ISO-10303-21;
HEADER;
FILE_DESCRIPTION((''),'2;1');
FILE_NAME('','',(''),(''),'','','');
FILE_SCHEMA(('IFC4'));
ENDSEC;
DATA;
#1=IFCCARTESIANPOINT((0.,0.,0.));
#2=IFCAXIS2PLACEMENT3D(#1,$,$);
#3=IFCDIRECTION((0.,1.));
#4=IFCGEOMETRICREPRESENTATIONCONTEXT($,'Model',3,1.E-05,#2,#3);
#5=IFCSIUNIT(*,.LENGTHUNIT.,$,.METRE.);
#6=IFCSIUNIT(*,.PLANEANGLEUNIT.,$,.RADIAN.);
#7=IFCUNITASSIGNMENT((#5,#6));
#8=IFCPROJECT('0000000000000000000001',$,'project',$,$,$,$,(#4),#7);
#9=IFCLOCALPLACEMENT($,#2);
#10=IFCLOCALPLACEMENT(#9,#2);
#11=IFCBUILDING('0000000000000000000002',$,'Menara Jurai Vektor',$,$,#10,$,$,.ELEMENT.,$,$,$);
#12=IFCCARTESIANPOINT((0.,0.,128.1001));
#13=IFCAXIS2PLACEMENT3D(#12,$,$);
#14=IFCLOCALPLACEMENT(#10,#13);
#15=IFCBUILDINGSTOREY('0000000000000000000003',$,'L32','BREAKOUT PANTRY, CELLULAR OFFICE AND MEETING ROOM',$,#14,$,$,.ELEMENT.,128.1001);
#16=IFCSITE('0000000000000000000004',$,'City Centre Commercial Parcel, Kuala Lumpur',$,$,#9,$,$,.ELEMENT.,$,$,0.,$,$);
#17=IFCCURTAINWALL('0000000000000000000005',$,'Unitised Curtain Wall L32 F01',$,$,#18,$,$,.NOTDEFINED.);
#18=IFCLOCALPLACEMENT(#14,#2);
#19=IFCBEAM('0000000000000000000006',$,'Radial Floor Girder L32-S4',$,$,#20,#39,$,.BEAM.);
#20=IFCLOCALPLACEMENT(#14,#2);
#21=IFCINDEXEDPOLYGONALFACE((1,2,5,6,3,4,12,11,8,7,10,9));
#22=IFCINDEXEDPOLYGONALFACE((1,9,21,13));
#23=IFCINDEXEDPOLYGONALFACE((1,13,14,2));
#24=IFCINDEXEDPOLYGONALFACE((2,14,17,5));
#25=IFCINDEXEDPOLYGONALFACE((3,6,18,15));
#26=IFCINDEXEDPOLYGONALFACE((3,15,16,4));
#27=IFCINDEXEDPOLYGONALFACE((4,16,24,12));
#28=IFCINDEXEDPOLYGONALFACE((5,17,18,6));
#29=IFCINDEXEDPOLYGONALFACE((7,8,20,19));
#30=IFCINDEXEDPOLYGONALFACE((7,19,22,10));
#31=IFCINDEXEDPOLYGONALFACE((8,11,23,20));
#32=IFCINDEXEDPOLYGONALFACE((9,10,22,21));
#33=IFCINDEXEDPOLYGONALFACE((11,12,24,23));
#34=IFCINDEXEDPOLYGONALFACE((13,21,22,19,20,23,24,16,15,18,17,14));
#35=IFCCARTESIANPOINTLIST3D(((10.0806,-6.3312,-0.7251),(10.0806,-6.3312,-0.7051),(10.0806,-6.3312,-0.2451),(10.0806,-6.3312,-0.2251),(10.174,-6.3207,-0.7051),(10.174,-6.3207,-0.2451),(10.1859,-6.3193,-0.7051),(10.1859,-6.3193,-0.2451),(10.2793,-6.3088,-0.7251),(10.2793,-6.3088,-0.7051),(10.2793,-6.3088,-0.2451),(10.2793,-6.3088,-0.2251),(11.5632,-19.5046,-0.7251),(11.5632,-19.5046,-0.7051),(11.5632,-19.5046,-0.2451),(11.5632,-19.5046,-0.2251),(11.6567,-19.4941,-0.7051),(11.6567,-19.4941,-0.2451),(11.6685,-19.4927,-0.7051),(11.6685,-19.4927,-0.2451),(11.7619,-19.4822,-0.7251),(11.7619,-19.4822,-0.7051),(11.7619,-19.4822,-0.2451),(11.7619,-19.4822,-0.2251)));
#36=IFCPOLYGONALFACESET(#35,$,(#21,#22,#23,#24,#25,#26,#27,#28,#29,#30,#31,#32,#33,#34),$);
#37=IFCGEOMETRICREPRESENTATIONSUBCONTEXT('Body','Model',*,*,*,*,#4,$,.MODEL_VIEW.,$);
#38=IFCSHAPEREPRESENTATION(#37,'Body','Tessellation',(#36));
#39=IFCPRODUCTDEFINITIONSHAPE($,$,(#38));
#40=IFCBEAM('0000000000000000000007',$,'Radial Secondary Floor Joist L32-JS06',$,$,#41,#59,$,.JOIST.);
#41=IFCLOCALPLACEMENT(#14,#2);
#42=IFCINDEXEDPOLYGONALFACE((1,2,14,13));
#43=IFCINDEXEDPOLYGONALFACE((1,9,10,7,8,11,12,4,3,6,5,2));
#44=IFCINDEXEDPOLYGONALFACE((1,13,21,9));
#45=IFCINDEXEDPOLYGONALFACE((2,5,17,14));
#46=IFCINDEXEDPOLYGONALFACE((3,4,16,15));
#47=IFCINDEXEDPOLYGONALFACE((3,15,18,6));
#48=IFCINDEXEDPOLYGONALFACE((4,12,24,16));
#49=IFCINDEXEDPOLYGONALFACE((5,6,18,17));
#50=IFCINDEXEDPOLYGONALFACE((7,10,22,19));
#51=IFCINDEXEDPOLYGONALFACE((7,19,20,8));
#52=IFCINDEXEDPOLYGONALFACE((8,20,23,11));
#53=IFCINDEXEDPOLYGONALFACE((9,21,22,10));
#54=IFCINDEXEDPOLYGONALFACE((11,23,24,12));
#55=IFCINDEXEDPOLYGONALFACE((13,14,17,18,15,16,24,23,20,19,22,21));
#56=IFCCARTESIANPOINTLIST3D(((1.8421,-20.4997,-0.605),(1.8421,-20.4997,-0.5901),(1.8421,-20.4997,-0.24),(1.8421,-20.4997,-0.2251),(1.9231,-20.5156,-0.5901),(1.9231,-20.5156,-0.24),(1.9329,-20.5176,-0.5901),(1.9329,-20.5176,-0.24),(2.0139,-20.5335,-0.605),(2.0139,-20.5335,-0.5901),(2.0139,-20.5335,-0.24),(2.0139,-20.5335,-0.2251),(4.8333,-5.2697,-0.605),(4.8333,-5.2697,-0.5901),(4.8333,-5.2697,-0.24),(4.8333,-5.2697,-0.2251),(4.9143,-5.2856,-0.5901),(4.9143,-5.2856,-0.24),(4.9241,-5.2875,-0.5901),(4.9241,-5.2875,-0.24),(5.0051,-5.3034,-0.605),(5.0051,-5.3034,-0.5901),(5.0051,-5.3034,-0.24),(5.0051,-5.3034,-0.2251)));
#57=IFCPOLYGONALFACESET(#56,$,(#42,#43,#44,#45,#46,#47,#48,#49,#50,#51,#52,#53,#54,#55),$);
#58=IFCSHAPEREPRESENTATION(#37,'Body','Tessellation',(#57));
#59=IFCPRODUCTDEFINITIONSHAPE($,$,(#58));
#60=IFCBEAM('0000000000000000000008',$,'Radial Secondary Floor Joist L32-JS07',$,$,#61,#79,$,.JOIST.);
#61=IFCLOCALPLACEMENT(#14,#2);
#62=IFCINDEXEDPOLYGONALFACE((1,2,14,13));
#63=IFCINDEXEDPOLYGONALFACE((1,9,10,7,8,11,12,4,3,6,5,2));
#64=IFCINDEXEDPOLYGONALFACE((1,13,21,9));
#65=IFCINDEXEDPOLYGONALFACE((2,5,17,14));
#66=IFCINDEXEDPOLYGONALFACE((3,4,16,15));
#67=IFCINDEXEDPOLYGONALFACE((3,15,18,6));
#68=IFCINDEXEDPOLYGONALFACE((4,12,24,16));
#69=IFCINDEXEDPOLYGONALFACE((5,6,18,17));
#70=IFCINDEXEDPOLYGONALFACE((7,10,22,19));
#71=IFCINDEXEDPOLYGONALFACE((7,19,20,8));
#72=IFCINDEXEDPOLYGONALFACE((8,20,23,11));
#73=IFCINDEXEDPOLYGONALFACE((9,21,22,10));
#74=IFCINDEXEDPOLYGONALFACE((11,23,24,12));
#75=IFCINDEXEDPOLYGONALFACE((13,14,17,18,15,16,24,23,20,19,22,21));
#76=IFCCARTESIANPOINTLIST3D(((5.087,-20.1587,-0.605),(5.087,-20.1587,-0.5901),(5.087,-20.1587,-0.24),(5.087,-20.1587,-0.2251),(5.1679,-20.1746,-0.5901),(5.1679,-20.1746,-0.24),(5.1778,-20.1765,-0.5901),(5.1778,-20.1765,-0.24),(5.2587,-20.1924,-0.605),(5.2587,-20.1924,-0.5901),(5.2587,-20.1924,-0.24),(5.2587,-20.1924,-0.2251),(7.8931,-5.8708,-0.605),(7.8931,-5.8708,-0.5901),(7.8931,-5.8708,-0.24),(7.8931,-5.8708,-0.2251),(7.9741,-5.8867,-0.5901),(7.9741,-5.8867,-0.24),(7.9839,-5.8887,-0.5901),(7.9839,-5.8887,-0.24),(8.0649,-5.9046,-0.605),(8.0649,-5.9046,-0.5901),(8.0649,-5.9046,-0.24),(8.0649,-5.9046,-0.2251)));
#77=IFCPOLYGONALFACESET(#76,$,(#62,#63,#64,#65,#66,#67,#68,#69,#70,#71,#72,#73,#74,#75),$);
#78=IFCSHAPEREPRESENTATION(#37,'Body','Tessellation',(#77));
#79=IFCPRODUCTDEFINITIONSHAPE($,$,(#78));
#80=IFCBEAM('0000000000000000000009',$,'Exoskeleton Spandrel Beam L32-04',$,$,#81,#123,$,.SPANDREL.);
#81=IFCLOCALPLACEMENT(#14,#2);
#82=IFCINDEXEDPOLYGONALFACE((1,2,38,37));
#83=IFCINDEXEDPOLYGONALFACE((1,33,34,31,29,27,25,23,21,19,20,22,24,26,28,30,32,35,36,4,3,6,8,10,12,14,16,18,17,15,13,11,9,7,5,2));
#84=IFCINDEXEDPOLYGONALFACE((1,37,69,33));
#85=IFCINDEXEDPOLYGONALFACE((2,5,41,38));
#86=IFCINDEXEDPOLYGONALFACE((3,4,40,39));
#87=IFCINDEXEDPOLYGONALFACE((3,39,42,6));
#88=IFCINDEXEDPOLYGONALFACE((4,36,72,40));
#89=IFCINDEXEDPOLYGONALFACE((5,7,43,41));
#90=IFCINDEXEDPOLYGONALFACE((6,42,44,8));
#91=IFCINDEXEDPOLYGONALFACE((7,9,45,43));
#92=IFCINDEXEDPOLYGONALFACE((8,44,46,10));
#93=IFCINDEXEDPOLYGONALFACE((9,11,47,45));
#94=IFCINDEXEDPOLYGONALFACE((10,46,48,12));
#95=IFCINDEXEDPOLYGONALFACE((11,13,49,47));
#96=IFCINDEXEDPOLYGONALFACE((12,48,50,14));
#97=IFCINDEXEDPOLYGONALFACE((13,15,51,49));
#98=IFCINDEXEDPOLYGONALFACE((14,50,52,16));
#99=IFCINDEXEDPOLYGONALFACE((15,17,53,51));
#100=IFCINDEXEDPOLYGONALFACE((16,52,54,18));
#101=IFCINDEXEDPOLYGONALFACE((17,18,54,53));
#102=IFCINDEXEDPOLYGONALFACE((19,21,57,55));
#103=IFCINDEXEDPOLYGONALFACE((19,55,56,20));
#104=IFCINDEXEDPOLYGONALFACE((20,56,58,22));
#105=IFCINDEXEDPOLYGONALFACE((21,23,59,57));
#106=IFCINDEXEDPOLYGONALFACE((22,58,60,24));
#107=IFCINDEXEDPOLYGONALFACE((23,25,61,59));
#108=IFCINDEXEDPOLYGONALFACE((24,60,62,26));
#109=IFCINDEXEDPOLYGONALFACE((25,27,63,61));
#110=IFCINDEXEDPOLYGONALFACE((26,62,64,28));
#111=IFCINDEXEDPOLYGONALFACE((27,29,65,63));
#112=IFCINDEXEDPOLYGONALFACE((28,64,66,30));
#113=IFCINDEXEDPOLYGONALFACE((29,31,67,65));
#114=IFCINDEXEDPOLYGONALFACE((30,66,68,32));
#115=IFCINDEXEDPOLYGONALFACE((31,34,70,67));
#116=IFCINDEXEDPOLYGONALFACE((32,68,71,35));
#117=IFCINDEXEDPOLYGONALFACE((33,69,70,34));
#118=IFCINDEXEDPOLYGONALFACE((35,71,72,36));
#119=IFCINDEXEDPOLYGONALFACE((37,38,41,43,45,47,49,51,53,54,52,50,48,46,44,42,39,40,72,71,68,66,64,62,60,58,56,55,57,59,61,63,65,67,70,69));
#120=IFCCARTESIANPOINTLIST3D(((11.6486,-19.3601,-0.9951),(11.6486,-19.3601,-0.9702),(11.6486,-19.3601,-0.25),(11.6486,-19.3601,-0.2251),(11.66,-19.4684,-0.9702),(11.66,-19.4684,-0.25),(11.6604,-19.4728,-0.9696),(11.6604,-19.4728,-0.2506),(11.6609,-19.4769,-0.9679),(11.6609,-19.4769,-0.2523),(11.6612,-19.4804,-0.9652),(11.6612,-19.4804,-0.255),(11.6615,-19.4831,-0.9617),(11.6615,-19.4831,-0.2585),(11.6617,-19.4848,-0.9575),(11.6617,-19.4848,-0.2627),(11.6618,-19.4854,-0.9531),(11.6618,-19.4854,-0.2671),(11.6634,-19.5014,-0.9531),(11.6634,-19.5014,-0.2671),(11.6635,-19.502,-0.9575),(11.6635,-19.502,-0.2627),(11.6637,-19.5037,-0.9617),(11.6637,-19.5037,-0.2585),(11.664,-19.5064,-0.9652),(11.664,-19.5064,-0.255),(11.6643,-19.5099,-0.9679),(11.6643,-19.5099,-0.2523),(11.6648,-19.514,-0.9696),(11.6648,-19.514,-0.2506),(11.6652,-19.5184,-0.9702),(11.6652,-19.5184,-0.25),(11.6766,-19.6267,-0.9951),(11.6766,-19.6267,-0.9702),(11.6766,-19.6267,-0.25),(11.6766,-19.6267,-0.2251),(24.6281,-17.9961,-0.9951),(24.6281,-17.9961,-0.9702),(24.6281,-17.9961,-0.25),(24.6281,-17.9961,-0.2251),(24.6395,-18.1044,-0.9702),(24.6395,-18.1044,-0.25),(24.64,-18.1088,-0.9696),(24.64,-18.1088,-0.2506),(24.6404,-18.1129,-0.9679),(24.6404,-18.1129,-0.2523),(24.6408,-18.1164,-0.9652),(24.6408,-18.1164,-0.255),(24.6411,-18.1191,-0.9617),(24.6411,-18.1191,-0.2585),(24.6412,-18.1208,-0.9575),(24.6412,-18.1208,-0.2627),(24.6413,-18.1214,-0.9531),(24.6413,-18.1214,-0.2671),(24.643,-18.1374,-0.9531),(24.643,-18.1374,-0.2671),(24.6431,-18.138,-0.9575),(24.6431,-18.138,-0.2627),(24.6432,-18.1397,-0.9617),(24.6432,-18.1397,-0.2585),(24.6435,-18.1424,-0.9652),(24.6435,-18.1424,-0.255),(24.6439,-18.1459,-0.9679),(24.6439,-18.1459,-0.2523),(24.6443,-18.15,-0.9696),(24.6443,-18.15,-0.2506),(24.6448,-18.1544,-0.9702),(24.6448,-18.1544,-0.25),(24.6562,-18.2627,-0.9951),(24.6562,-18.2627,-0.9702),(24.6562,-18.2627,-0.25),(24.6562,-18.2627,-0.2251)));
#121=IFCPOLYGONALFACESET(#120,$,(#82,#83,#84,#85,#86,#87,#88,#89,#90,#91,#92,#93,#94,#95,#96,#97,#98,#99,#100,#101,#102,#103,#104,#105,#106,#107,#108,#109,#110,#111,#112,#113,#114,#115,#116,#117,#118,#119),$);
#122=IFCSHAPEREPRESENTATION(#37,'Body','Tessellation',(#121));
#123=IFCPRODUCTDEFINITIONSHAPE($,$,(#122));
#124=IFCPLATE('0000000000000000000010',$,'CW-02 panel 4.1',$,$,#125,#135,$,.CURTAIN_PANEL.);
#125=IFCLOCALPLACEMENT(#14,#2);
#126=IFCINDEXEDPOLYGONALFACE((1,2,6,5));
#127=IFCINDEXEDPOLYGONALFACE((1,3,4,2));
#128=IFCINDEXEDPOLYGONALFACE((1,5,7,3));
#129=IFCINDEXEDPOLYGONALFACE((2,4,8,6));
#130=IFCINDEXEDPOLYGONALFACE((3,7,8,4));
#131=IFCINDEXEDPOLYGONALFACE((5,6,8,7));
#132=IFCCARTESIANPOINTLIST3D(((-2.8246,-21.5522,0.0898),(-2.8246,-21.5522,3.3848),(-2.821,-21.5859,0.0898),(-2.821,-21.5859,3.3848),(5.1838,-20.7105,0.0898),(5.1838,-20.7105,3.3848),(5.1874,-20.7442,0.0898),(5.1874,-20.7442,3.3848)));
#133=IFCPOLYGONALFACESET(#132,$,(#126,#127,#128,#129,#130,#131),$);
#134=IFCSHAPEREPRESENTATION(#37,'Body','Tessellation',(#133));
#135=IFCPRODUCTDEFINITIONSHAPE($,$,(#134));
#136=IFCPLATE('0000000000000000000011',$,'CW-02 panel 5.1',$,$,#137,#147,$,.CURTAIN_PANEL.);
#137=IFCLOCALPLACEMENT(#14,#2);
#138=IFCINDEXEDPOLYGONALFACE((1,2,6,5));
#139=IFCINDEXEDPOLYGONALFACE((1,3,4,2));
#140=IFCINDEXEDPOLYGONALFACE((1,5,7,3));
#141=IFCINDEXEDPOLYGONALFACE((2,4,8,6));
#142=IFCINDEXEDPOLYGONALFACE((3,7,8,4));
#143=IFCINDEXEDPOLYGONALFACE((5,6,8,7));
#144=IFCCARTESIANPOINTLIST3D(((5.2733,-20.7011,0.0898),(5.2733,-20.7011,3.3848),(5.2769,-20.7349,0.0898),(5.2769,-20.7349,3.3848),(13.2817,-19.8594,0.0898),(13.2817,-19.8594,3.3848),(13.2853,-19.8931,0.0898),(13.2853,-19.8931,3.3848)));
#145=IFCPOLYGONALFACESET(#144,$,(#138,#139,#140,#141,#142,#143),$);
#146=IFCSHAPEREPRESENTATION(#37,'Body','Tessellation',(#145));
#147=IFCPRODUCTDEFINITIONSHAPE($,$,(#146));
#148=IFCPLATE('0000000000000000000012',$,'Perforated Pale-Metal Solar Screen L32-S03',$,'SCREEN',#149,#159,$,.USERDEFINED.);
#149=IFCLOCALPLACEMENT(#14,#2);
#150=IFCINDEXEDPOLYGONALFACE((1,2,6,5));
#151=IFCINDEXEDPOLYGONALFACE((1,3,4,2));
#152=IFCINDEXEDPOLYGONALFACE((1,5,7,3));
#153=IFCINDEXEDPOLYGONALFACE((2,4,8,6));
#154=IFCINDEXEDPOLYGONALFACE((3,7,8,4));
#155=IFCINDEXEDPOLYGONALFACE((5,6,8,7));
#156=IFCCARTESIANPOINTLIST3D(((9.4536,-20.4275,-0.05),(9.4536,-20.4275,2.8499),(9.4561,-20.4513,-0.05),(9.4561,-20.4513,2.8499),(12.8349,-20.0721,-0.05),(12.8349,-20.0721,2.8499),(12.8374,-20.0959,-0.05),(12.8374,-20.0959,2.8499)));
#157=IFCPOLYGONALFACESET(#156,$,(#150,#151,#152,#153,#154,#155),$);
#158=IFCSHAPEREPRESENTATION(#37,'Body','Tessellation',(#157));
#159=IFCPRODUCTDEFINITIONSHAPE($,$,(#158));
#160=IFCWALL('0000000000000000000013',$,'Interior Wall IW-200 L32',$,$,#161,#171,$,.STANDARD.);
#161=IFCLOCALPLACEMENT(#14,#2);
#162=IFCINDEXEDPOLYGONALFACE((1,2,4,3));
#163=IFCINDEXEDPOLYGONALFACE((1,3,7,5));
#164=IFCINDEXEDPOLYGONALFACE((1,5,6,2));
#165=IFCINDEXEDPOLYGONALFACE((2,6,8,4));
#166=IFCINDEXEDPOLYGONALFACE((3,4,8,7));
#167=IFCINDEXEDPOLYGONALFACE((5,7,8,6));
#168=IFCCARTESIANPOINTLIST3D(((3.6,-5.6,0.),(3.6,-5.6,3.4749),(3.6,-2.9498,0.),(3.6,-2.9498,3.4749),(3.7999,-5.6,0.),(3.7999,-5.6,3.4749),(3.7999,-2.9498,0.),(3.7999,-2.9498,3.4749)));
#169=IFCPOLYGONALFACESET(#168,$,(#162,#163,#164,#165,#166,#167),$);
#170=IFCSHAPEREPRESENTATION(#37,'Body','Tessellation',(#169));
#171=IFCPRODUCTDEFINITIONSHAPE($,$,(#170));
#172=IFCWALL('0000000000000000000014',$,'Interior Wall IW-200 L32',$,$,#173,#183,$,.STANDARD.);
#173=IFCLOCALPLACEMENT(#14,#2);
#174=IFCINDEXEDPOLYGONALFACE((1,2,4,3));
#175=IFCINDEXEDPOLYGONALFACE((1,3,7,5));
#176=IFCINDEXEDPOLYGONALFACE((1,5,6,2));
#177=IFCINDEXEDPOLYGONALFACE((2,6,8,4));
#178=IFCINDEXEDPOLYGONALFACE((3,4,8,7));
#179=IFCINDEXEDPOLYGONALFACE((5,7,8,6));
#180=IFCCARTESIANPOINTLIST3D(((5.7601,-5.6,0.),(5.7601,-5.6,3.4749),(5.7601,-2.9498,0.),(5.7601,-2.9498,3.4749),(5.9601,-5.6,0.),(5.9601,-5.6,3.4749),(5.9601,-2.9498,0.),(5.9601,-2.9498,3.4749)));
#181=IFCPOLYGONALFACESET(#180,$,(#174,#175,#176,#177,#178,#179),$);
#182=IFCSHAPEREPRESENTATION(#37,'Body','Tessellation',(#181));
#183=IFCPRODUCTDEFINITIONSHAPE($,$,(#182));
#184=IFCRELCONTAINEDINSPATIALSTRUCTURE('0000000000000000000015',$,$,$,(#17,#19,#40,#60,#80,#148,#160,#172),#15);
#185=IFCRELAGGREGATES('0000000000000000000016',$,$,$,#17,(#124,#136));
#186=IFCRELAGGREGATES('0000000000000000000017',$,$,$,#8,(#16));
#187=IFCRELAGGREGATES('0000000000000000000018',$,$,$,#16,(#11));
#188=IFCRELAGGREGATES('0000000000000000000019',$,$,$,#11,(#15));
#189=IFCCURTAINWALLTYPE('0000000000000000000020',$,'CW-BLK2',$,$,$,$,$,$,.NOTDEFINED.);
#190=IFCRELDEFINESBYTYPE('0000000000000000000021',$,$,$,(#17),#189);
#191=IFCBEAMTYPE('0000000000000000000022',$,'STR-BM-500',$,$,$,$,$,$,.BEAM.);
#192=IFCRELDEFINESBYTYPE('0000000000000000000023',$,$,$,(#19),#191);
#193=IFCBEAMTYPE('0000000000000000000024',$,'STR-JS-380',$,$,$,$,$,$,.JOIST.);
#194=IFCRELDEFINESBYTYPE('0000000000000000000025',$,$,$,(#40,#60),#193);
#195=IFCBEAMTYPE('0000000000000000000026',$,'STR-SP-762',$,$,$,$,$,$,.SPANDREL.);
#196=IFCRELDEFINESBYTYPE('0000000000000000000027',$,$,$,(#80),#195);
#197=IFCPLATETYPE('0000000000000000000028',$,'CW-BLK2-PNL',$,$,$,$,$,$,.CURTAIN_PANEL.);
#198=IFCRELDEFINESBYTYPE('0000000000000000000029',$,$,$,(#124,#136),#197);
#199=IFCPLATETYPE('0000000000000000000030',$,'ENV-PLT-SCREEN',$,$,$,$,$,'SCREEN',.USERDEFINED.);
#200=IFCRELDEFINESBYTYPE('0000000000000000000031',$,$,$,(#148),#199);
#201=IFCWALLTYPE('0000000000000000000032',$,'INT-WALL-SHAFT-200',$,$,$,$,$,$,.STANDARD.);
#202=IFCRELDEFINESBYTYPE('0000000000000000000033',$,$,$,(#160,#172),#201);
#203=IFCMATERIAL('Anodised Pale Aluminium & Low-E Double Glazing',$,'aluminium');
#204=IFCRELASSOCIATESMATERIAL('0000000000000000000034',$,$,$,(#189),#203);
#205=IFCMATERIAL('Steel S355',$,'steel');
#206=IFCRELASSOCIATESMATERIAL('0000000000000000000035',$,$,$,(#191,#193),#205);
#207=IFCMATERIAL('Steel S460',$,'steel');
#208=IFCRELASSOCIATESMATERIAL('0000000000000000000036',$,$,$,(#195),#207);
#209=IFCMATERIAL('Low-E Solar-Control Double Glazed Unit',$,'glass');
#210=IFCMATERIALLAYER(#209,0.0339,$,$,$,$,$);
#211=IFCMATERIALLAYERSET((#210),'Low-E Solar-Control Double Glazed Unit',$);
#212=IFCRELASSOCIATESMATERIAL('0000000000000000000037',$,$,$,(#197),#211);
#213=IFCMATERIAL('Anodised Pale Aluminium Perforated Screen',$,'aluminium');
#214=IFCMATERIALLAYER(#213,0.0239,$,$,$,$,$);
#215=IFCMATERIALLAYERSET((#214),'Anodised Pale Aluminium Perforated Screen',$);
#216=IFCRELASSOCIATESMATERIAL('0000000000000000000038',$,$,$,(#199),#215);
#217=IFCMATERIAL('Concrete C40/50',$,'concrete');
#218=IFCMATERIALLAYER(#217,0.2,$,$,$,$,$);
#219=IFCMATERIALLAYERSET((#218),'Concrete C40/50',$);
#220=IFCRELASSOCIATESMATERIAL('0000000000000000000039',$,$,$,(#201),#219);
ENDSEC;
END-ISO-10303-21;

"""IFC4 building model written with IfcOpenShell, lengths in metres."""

from ifc_helpers import new_model, si_unit, direction, frame, frame_2d, origin, origin_2d, place, context, subcontext, project, spatial, rectangle, i_section, extrude, material, layer, layer_set, material_profile, profile_set, type_object, element, aggregate, save


model = new_model("IFC4")

# Units and contexts
model_context = context("Model", 3, precision=1e-05, world=origin(), true_north=direction((0.0, 1.0)))
body_context = subcontext(model_context, "Body", "Model", "MODEL_VIEW")
ifc_project = project(units=[si_unit("LENGTHUNIT", "METRE"), si_unit("PLANEANGLEUNIT", "RADIAN")], contexts=[model_context])

# Site, building, storey
site_placement = place(None, origin())
site = spatial("IfcSite", under=ifc_project, at=site_placement, Name="City Centre Commercial Parcel, Kuala Lumpur", CompositionType="ELEMENT", RefElevation=0.0)
building_placement = place(site_placement, origin())
building = spatial("IfcBuilding", under=site, at=building_placement, Name="Menara Jurai Vektor", CompositionType="ELEMENT")
storey_placement = place(building_placement, frame((0.0, 0.0, 128.1001)))
storey = spatial("IfcBuildingStorey", under=building, at=storey_placement, Name="L32", Description="BREAKOUT PANTRY, CELLULAR OFFICE AND MEETING ROOM", CompositionType="ELEMENT", Elevation=128.1001)

# Shared definitions
ifc_material_1 = material(Name="Steel S460", Category="steel")

# Curtain wall
ifc_material_2 = material(Name="Anodised Pale Aluminium & Low-E Double Glazing", Category="aluminium")
curtain_wall_type = type_object("IfcCurtainWallType", Name="CW-BLK2", PredefinedType="NOTDEFINED", material=ifc_material_2)
curtain_wall_placement = place(storey_placement, origin())
curtain_wall = element("IfcCurtainWall", 1, at=curtain_wall_placement, inside=storey, type_object=curtain_wall_type, Name="Unitised Curtain Wall L32 F01", PredefinedType="NOTDEFINED")

# Beams
ifc_material_3 = material(Name="Steel S355", Category="steel")
ifc_material_profile_1 = material_profile(ifc_material_3, i_section(OverallWidth=0.2, OverallDepth=0.5, WebThickness=0.012, FlangeThickness=0.02, at=origin_2d()), Name="PG 500x200x96")
ifc_profile_set_1 = profile_set([ifc_material_profile_1], Name="Steel S355")
beam_type_1 = type_object("IfcBeamType", Name="STR-BM-500", PredefinedType="BEAM", material=ifc_profile_set_1)
beam_1_placement = place(storey_placement, frame((11.6626, -19.4934, -0.4751), z_axis=(-0.111844, 0.993726, 0.0), x_axis=(-0.993726, -0.111844, 0.0)))
element("IfcBeam", 2, at=beam_1_placement, inside=storey, type_object=beam_type_1, Name="Radial Floor Girder L32-S4", PredefinedType="BEAM", context=body_context, shape_type="SweptSolid", body=[
    extrude(i_section(OverallWidth=0.2, OverallDepth=0.5, WebThickness=0.012, FlangeThickness=0.02, at=origin_2d()), origin(), (0.0, 0.0, 1.0), 13.2566),
])
ifc_material_profile_2 = material_profile(ifc_material_3, i_section(OverallWidth=0.175, OverallDepth=0.3799, WebThickness=0.01, FlangeThickness=0.0149, at=origin_2d()), Name="PG 380x175x58")
ifc_profile_set_2 = profile_set([ifc_material_profile_2], Name="Steel S355")
beam_type_2 = type_object("IfcBeamType", Name="STR-JS-380", PredefinedType="JOIST", material=ifc_profile_set_2)
beam_2_placement = place(storey_placement, frame((1.928, -20.5166, -0.415), z_axis=(0.192721, 0.981254, 0.0), x_axis=(-0.981254, 0.192721, 0.0)))
element("IfcBeam", 3, at=beam_2_placement, inside=storey, type_object=beam_type_2, Name="Radial Secondary Floor Joist L32-JS06", PredefinedType="JOIST", context=body_context, shape_type="SweptSolid", body=[
    extrude(i_section(OverallWidth=0.175, OverallDepth=0.3799, WebThickness=0.01, FlangeThickness=0.0149, at=origin_2d()), origin(), (0.0, 0.0, 1.0), 15.521),
])
beam_3_placement = place(storey_placement, frame((5.1729, -20.1755, -0.415), z_axis=(0.19272, 0.981254, 0.0), x_axis=(-0.981254, 0.19272, 0.0)))
element("IfcBeam", 4, at=beam_3_placement, inside=storey, type_object=beam_type_2, Name="Radial Secondary Floor Joist L32-JS07", PredefinedType="JOIST", context=body_context, shape_type="SweptSolid", body=[
    extrude(i_section(OverallWidth=0.175, OverallDepth=0.3799, WebThickness=0.01, FlangeThickness=0.0149, at=origin_2d()), origin(), (0.0, 0.0, 1.0), 14.5608),
])
ifc_material_profile_3 = material_profile(ifc_material_1, i_section(OverallWidth=0.2681, OverallDepth=0.77, WebThickness=0.0161, FlangeThickness=0.0249, FilletRadius=0.0171, at=origin_2d()), Name="UKB 762x267x197")
ifc_profile_set_3 = profile_set([ifc_material_profile_3], Name="Steel S460")
beam_type_3 = type_object("IfcBeamType", Name="STR-SP-762", PredefinedType="SPANDREL", material=ifc_profile_set_3)
beam_4_placement = place(storey_placement, frame((11.6626, -19.4934, -0.6101), z_axis=(0.994523, 0.104514, 0.0), x_axis=(-0.104514, 0.994523, 0.0)))
element("IfcBeam", 5, at=beam_4_placement, inside=storey, type_object=beam_type_3, Name="Exoskeleton Spandrel Beam L32-04", PredefinedType="SPANDREL", context=body_context, shape_type="SweptSolid", body=[
    extrude(i_section(OverallWidth=0.2681, OverallDepth=0.77, WebThickness=0.0161, FlangeThickness=0.0249, FilletRadius=0.0171, at=origin_2d()), origin(), (0.0, 0.0, 1.0), 13.051),
])

# Plates
ifc_material_4 = material(Name="Low-E Solar-Control Double Glazed Unit", Category="glass")
ifc_layer_1 = layer(ifc_material_4, 0.0339)
ifc_layer_set_1 = layer_set([ifc_layer_1], Name="Low-E Solar-Control Double Glazed Unit")
plate_type_1 = type_object("IfcPlateType", Name="CW-BLK2-PNL", PredefinedType="CURTAIN_PANEL", material=ifc_layer_set_1)
plate_1_placement = place(storey_placement, frame((1.1814, -21.1482, 0.0898), z_axis=(0.0, 0.0, 1.0), x_axis=(0.994522, 0.104529, 0.0)))
plate_1 = element("IfcPlate", 6, at=plate_1_placement, type_object=plate_type_1, Name="CW-02 panel 4.1", PredefinedType="CURTAIN_PANEL", context=body_context, shape_type="SweptSolid", body=[
    extrude(rectangle(XDim=8.0525, YDim=0.0339, at=origin_2d()), origin(), (0.0, 0.0, 1.0), 3.2949),
])
plate_2_placement = place(storey_placement, frame((9.2793, -20.2971, 0.0898), z_axis=(0.0, 0.0, 1.0), x_axis=(0.994522, 0.104529, 0.0)))
plate_2 = element("IfcPlate", 7, at=plate_2_placement, type_object=plate_type_1, Name="CW-02 panel 5.1", PredefinedType="CURTAIN_PANEL", context=body_context, shape_type="SweptSolid", body=[
    extrude(rectangle(XDim=8.0525, YDim=0.0339, at=origin_2d()), origin(), (0.0, 0.0, 1.0), 3.2949),
])
aggregate(curtain_wall, [plate_1, plate_2])
ifc_material_5 = material(Name="Anodised Pale Aluminium Perforated Screen", Category="aluminium")
ifc_layer_2 = layer(ifc_material_5, 0.0239)
ifc_layer_set_2 = layer_set([ifc_layer_2], Name="Anodised Pale Aluminium Perforated Screen")
plate_type_2 = type_object("IfcPlateType", Name="ENV-PLT-SCREEN", ElementType="SCREEN", PredefinedType="USERDEFINED", material=ifc_layer_set_2)
plate_3_placement = place(storey_placement, frame((11.1455, -20.2617, -0.05), z_axis=(0.0, 0.0, 1.0), x_axis=(0.994522, 0.104528, 0.0)))
element("IfcPlate", 8, at=plate_3_placement, inside=storey, type_object=plate_type_2, Name="Perforated Pale-Metal Solar Screen L32-S03", ObjectType="SCREEN", PredefinedType="USERDEFINED", context=body_context, shape_type="SweptSolid", body=[
    extrude(rectangle(XDim=3.3999, YDim=0.0239, at=origin_2d()), origin(), (0.0, 0.0, 1.0), 2.8999),
])

# Walls
ifc_material_6 = material(Name="Concrete C40/50", Category="concrete")
ifc_layer_3 = layer(ifc_material_6, 0.2)
ifc_layer_set_3 = layer_set([ifc_layer_3], Name="Concrete C40/50")
wall_type_1 = type_object("IfcWallType", Name="INT-WALL-SHAFT-200", PredefinedType="STANDARD", material=ifc_layer_set_3)
for number, where, z_axis, x_axis, name in (
    (9, (3.7, -5.6001, 0.0), (0.0, 0.0, 1.0), (0.0, 1.0, 0.0), "Interior Wall IW-200 L32"),
    (10, (5.8601, -5.6001, 0.0), (0.0, 0.0, 1.0), (0.0, 1.0, 0.0), "Interior Wall IW-200 L32"),
):
    element("IfcWall", number, at=place(storey_placement, frame(where, z_axis=z_axis, x_axis=x_axis)), inside=storey, type_object=wall_type_1, Name=name, PredefinedType="STANDARD", context=body_context, shape_type="SweptSolid", body=[
        extrude(rectangle(XDim=2.6501, YDim=0.2, at=frame_2d((1.3252, 0.0))), origin(), (0.0, 0.0, 1.0), 3.4749),
    ])

save(model, "model.ifc")
